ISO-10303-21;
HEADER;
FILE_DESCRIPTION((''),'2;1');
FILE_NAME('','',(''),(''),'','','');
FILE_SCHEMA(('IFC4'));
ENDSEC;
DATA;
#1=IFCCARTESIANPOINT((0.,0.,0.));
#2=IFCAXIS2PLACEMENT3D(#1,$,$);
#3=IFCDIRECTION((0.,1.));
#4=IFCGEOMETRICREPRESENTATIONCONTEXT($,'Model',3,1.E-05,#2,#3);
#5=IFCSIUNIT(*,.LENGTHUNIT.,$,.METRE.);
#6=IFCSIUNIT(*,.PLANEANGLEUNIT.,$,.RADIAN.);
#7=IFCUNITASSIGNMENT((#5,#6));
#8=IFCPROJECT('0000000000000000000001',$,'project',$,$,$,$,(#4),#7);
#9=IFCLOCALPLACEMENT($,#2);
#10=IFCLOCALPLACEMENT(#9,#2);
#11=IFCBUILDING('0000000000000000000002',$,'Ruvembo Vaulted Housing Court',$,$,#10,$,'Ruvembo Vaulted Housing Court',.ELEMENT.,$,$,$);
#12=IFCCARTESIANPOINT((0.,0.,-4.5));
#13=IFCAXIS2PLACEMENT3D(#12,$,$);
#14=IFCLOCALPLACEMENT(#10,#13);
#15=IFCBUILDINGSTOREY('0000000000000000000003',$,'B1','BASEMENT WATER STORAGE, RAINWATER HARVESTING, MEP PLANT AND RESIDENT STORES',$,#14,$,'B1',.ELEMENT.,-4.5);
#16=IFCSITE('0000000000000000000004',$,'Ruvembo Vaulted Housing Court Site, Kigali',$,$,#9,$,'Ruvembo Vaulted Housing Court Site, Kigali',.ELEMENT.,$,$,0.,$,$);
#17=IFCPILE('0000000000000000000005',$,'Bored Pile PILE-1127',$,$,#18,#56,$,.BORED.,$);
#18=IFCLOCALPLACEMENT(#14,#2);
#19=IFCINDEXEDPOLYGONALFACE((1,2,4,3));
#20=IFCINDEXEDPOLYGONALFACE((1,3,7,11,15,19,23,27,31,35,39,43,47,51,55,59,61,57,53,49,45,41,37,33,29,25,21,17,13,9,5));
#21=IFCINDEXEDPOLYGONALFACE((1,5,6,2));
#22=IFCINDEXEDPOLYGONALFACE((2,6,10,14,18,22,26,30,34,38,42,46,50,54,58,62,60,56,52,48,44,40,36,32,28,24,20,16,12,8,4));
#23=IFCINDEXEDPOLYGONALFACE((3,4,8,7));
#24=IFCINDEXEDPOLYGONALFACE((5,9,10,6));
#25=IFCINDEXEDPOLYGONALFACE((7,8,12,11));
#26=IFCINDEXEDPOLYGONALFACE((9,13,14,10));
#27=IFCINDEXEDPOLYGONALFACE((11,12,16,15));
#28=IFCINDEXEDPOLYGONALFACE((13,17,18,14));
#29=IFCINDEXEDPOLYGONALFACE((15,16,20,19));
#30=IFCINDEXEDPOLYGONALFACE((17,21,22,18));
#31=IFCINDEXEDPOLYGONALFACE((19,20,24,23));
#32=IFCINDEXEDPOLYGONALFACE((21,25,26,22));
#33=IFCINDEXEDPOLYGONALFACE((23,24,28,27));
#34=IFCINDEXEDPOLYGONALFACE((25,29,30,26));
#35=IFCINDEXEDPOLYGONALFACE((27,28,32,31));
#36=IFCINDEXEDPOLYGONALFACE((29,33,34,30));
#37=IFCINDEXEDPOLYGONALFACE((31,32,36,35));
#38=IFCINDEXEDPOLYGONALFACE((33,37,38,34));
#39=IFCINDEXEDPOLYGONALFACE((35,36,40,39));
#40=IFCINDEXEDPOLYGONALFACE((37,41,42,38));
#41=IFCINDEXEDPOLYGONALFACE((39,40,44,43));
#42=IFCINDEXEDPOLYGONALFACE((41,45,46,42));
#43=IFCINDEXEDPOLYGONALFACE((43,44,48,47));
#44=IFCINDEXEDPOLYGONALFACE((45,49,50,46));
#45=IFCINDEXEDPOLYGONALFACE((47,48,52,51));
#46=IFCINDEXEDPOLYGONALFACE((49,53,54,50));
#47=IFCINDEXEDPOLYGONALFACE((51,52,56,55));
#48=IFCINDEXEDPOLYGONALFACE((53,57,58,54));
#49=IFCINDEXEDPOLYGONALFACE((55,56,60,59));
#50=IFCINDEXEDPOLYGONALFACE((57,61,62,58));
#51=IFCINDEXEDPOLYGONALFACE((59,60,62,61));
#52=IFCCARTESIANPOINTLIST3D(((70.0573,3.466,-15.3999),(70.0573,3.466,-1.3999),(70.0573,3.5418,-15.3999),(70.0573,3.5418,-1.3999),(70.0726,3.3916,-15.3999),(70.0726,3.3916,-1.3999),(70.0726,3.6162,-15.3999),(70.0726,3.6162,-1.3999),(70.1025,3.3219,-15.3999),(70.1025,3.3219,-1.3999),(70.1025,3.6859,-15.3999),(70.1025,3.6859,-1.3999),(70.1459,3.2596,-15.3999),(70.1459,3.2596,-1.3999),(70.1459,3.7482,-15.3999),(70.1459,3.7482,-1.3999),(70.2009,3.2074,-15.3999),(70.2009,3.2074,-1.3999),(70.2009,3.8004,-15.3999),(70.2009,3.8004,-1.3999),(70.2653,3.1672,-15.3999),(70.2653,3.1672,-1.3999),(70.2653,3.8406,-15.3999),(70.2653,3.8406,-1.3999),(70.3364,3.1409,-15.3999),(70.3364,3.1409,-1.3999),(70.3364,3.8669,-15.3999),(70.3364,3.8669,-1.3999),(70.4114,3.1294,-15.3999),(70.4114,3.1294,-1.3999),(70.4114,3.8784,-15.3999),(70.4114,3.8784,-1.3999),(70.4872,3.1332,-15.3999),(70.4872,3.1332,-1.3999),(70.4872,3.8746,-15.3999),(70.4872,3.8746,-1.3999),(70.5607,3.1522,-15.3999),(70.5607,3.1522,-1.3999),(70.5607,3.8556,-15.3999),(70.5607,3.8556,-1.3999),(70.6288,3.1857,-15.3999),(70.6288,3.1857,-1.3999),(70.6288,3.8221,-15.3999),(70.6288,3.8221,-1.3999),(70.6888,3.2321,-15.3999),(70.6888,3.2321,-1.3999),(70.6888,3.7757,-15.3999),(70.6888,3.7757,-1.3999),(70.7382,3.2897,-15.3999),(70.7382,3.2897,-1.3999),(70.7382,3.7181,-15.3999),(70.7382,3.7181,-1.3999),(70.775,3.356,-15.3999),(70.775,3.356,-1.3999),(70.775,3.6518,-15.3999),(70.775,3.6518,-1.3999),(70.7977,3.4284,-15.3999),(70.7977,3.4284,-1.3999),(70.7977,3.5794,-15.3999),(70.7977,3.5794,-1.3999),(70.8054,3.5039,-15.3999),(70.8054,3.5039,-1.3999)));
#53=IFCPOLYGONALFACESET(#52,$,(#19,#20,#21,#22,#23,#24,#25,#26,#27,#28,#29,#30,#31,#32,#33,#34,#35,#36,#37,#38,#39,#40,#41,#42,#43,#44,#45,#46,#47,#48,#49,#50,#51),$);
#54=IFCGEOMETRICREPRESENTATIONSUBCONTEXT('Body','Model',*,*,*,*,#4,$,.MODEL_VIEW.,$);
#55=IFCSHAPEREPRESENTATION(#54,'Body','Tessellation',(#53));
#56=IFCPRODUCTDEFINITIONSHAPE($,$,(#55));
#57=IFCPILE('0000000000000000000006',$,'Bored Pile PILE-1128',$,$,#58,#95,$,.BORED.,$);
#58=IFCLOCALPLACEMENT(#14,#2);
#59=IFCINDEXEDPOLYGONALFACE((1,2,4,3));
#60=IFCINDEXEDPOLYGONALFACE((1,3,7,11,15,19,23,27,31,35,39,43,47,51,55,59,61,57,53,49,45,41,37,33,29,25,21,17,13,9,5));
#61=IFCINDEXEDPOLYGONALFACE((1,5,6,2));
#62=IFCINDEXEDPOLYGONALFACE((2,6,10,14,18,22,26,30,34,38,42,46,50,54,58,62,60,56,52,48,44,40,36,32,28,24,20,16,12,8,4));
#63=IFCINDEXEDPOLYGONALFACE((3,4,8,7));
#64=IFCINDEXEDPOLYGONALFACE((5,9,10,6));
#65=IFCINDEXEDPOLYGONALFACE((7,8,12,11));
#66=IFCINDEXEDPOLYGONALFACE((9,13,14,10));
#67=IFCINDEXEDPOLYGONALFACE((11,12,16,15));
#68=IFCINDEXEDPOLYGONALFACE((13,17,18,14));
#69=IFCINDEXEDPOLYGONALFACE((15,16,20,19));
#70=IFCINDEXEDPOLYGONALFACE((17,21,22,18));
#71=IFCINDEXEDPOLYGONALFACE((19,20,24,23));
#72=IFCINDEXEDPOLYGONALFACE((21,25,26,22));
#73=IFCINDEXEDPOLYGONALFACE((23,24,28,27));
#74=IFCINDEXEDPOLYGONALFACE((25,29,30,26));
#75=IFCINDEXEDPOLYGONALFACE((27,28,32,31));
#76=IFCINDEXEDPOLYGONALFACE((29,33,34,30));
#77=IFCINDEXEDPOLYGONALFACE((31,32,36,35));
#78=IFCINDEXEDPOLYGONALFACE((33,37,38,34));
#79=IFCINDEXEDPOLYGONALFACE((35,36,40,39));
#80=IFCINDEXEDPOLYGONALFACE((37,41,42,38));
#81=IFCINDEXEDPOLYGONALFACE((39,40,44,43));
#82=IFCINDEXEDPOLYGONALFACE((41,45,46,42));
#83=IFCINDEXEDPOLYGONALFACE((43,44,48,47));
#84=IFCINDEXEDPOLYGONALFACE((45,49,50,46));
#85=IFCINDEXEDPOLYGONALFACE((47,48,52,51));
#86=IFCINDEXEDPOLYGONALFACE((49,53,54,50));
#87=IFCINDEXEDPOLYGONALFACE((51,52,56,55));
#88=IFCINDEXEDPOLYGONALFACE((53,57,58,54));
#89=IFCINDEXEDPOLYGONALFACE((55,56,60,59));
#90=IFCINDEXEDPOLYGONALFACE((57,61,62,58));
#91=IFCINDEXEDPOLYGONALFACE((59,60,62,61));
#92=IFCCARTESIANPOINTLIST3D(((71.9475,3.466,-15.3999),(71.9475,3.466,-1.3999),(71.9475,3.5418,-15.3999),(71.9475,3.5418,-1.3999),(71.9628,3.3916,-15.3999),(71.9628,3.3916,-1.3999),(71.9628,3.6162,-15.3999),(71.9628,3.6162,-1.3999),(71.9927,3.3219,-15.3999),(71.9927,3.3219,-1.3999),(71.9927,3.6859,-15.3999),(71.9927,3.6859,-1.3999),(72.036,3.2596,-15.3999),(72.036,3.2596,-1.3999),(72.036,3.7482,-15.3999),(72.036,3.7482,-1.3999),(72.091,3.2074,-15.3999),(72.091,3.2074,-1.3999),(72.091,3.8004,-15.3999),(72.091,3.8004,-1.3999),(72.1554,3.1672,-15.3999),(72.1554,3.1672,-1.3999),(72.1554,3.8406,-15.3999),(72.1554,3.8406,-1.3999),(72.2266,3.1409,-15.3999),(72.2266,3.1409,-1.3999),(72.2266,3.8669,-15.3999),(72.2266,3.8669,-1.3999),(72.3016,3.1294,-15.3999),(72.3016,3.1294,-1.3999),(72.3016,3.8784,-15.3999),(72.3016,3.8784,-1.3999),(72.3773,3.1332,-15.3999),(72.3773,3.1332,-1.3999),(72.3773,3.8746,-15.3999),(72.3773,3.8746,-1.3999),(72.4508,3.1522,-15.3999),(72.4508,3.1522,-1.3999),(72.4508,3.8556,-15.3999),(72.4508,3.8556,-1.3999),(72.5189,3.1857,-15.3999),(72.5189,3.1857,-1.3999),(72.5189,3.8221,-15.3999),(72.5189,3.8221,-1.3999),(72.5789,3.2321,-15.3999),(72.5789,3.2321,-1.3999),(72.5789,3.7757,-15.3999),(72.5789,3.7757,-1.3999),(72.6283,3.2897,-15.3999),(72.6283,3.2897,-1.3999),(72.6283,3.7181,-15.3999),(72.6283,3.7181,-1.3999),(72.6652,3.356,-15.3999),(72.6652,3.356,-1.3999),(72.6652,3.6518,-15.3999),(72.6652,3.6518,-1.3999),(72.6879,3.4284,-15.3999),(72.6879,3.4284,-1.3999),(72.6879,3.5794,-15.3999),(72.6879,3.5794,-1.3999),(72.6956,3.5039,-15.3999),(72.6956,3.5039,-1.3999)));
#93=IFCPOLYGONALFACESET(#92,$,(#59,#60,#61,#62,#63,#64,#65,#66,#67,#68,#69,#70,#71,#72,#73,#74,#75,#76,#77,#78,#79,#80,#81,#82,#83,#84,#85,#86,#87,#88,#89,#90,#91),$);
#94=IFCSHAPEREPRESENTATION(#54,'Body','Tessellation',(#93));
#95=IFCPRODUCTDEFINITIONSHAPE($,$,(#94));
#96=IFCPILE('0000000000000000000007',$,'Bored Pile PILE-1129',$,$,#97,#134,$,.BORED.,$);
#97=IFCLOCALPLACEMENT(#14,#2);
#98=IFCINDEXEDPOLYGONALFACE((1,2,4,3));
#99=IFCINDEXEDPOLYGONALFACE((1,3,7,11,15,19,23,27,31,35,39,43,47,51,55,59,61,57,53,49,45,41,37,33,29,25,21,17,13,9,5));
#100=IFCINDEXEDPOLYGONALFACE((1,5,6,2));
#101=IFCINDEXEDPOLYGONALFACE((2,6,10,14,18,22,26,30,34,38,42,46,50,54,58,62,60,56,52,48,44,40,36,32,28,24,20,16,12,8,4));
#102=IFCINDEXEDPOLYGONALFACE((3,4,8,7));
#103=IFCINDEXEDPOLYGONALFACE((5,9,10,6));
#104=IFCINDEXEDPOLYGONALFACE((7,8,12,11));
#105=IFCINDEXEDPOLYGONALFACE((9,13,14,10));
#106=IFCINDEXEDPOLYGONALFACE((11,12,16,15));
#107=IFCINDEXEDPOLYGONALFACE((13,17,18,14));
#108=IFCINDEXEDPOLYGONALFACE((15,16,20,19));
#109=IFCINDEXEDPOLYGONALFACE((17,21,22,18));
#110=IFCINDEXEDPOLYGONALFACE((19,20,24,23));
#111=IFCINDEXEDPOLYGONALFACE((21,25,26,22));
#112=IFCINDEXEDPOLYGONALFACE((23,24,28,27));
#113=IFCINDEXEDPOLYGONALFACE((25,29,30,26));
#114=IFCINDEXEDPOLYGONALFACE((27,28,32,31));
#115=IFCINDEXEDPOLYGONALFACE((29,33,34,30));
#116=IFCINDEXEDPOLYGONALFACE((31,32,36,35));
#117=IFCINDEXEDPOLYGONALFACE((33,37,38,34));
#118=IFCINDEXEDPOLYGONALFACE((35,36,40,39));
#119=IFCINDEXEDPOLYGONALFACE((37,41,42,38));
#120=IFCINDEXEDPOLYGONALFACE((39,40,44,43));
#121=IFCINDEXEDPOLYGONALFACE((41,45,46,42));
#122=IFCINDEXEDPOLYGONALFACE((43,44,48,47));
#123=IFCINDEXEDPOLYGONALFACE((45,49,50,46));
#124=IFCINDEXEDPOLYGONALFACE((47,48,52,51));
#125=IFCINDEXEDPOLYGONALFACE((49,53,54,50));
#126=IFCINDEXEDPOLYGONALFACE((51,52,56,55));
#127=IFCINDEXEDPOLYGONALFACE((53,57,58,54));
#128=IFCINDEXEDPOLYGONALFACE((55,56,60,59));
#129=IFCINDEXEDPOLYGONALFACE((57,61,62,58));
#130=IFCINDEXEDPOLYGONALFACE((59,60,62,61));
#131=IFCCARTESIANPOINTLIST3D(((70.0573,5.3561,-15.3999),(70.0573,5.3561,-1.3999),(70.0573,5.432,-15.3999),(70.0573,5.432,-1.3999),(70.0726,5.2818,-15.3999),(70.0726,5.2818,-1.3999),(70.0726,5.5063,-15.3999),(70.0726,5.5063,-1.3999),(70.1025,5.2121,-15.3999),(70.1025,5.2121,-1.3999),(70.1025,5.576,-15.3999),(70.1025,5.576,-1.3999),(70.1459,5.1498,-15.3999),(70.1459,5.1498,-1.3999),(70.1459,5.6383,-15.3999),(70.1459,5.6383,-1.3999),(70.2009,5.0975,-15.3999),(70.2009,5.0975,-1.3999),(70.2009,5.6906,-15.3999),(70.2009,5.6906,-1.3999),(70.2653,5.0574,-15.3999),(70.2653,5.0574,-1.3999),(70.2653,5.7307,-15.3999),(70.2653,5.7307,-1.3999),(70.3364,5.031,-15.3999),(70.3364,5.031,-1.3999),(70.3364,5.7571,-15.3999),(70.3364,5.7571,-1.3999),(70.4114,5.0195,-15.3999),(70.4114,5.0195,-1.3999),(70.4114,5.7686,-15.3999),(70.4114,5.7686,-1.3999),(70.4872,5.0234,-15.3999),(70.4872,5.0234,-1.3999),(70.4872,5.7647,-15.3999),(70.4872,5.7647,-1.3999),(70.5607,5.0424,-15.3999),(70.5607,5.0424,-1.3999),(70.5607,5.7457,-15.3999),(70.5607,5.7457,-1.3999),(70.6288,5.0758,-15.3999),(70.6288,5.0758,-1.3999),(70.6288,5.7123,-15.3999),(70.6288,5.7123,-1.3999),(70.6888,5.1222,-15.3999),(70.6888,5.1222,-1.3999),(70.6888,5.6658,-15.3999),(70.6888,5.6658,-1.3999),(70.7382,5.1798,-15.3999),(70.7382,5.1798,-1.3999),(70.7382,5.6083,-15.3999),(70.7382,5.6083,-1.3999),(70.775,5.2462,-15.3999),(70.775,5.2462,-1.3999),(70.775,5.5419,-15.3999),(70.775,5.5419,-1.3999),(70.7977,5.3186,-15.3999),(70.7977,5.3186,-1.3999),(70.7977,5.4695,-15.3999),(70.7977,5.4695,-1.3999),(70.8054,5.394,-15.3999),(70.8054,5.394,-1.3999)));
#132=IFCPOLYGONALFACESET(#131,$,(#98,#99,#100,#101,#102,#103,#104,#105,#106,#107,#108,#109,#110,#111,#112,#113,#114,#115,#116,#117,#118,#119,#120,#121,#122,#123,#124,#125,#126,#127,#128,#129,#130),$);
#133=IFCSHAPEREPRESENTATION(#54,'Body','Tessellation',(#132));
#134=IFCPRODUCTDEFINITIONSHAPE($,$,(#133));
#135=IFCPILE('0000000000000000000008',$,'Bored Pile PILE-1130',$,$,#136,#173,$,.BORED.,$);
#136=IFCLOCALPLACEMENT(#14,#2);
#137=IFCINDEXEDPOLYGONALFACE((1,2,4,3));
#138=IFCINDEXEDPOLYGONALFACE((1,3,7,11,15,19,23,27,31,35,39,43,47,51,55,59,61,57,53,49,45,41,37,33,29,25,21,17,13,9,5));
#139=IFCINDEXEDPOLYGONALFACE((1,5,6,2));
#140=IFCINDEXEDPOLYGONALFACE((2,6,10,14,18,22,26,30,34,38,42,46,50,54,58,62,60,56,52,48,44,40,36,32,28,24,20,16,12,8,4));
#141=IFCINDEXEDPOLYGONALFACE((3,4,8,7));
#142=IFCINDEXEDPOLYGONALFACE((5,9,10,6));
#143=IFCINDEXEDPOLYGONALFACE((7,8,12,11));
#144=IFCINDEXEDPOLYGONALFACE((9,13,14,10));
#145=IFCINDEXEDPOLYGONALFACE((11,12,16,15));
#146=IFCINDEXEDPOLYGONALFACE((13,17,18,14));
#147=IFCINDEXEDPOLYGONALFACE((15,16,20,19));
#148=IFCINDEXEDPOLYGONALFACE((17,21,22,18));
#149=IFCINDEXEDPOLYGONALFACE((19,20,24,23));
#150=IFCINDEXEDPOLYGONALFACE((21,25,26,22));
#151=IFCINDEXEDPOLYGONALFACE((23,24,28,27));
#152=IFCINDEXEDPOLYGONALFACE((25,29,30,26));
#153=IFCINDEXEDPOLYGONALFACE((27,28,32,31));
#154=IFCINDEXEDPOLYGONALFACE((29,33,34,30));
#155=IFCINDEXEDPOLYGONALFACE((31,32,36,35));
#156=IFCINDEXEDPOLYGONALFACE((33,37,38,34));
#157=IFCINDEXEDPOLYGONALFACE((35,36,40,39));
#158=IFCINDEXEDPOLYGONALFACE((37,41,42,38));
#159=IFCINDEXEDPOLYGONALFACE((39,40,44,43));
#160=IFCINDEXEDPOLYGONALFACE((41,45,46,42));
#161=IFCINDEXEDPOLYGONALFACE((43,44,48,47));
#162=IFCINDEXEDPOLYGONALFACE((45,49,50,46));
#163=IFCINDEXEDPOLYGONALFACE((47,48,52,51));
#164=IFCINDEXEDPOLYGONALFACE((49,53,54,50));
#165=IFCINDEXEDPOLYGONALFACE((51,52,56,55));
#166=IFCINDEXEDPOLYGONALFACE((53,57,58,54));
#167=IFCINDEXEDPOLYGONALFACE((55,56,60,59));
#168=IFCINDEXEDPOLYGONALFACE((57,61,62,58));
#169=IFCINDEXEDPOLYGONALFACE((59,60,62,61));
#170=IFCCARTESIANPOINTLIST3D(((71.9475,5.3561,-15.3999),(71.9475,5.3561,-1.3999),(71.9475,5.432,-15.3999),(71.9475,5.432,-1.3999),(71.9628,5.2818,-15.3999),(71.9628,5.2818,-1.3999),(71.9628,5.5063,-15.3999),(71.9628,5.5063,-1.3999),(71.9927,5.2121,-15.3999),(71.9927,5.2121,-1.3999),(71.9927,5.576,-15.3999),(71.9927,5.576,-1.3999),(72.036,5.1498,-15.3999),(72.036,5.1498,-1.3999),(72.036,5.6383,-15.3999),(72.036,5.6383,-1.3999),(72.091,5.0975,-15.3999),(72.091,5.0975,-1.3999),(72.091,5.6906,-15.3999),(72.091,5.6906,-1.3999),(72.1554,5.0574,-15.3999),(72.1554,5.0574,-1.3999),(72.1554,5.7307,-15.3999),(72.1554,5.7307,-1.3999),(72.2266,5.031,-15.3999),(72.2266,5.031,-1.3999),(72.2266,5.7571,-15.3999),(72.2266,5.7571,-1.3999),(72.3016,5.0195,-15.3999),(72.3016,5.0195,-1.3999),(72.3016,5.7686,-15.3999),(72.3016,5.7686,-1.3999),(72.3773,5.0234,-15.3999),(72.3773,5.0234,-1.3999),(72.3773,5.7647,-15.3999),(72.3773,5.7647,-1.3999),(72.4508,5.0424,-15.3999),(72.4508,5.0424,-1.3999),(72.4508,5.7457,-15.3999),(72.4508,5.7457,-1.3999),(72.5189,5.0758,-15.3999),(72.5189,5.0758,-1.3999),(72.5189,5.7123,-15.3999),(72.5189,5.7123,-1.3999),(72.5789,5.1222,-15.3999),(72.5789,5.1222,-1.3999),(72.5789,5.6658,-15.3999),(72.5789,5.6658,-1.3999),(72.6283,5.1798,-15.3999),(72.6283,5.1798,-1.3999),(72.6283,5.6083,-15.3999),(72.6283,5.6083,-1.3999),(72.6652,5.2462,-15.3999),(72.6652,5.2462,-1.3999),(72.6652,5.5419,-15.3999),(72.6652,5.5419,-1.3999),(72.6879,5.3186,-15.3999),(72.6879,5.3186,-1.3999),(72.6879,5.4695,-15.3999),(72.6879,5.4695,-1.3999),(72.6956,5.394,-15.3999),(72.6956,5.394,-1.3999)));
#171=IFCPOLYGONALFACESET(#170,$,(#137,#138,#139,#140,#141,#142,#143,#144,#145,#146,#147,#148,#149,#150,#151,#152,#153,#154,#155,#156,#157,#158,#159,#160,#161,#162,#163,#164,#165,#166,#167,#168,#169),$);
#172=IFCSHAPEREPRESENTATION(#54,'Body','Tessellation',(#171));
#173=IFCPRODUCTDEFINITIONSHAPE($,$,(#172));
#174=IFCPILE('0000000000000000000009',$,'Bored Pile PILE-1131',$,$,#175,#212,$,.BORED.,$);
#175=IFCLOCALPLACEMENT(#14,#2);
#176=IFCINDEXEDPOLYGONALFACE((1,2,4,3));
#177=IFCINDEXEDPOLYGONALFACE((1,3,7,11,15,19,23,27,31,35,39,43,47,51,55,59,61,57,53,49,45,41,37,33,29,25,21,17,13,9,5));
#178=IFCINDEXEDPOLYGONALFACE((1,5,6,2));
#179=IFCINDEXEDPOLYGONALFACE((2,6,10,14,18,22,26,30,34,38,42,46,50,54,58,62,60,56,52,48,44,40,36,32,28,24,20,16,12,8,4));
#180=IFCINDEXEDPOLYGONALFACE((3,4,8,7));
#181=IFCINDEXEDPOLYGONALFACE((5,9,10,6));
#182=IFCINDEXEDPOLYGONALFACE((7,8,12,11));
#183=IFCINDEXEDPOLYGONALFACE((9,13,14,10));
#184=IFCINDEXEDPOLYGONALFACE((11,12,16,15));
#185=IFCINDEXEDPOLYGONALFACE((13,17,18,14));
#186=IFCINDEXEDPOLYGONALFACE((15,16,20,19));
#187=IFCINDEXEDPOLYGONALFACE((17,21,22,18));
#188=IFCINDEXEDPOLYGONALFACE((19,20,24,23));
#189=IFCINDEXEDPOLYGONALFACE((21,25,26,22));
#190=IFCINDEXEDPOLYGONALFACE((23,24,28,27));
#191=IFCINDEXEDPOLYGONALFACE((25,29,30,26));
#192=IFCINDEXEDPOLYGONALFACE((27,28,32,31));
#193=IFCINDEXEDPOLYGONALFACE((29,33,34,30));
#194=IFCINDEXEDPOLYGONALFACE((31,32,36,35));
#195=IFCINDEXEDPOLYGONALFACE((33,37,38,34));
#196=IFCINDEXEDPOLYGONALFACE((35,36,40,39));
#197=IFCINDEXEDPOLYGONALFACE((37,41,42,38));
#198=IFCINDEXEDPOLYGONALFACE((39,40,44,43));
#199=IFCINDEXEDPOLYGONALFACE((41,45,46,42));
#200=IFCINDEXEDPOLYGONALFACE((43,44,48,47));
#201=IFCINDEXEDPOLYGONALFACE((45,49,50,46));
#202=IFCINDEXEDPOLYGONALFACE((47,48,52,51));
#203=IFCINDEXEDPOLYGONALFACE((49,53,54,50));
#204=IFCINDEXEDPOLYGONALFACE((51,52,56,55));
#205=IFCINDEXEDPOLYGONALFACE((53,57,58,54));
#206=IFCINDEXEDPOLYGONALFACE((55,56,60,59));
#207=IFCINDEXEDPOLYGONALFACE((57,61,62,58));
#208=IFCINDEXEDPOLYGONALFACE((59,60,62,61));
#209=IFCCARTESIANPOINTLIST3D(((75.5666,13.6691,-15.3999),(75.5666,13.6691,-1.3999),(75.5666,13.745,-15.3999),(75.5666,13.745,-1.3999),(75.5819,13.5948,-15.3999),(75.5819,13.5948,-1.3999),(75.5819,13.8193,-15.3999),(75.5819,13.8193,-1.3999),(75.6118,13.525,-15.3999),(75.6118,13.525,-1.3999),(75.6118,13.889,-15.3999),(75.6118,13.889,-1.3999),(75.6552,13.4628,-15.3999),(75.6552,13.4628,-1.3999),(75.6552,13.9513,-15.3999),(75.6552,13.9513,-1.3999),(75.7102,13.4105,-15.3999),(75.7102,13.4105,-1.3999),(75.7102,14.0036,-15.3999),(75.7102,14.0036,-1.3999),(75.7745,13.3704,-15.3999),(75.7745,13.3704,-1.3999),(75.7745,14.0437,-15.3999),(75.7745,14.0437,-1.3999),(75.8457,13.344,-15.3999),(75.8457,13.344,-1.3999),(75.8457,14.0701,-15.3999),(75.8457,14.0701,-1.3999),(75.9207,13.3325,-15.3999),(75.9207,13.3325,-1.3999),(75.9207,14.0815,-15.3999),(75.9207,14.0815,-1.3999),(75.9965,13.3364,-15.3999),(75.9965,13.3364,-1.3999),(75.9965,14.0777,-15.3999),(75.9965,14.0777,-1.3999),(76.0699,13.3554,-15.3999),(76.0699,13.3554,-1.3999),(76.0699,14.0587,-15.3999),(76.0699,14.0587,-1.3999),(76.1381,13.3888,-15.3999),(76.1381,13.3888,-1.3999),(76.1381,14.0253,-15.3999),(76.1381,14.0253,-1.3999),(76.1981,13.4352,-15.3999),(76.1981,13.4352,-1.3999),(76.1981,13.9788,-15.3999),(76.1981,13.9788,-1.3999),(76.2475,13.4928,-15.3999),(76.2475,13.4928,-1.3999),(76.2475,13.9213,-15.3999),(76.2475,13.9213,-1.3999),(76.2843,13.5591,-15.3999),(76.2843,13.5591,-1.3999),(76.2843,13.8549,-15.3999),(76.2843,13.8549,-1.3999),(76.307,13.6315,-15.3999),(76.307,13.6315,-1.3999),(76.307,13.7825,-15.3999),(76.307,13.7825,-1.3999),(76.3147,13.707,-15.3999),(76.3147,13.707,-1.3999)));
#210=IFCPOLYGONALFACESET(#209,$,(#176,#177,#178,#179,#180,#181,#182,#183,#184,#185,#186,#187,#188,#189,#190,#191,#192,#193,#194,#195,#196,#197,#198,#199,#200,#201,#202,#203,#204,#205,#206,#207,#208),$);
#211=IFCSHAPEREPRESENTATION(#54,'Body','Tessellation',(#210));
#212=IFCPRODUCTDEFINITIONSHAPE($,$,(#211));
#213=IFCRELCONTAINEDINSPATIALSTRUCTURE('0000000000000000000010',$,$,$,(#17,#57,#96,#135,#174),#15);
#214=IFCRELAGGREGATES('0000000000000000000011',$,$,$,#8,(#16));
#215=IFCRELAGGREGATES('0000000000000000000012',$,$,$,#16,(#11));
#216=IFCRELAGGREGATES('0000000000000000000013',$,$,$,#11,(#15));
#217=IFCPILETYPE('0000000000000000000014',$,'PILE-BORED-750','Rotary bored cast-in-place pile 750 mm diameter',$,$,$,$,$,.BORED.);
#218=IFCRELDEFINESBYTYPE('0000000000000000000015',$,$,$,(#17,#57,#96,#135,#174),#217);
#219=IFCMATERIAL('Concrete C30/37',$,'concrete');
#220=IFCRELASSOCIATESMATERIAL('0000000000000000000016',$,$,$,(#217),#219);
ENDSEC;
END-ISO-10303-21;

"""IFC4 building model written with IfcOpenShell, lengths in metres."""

from ifc_helpers import new_model, si_unit, direction, frame, origin, origin_2d, place, context, subcontext, project, spatial, circle, extrude, material, material_profile, profile_set, type_object, element, save


model = new_model("IFC4")

# Units and contexts
model_context = context("Model", 3, precision=1e-05, world=origin(), true_north=direction((0.0, 1.0)))
body_context = subcontext(model_context, "Body", "Model", "MODEL_VIEW")
ifc_project = project(units=[si_unit("LENGTHUNIT", "METRE"), si_unit("PLANEANGLEUNIT", "RADIAN")], contexts=[model_context])

# Site, building, storey
site_placement = place(None, origin())
site = spatial("IfcSite", under=ifc_project, at=site_placement, Name="Ruvembo Vaulted Housing Court Site, Kigali", LongName="Ruvembo Vaulted Housing Court Site, Kigali", CompositionType="ELEMENT", RefElevation=0.0)
building_placement = place(site_placement, origin())
building = spatial("IfcBuilding", under=site, at=building_placement, Name="Ruvembo Vaulted Housing Court", LongName="Ruvembo Vaulted Housing Court", CompositionType="ELEMENT")
storey_placement = place(building_placement, frame((0.0, 0.0, -4.5)))
storey = spatial("IfcBuildingStorey", under=building, at=storey_placement, Name="B1", Description="BASEMENT WATER STORAGE, RAINWATER HARVESTING, MEP PLANT AND RESIDENT STORES", LongName="B1", CompositionType="ELEMENT", Elevation=-4.5)

# Piles
ifc_material_1 = material(Name="Concrete C30/37", Category="concrete")
ifc_material_profile_1 = material_profile(ifc_material_1, circle(Radius=0.375, at=origin_2d()), Name="PILE D750")
ifc_profile_set_1 = profile_set([ifc_material_profile_1], Name="Concrete C30/37")
pile_type = type_object("IfcPileType", Name="PILE-BORED-750", Description="Rotary bored cast-in-place pile 750 mm diameter", PredefinedType="BORED", material=ifc_profile_set_1)
for number, where, z_axis, x_axis, name in (
    (1, (70.4304, 3.5039, -1.3999), (0.0, 0.0, -1.0), (1.0, 0.0, 0.0), "Bored Pile PILE-1127"),
    (2, (72.3206, 3.5039, -1.3999), (0.0, 0.0, -1.0), (1.0, 0.0, 0.0), "Bored Pile PILE-1128"),
    (3, (70.4304, 5.394, -1.3999), (0.0, 0.0, -1.0), (1.0, 0.0, 0.0), "Bored Pile PILE-1129"),
    (4, (72.3206, 5.394, -1.3999), (0.0, 0.0, -1.0), (1.0, 0.0, 0.0), "Bored Pile PILE-1130"),
    (5, (75.9397, 13.707, -1.3999), (0.0, 0.0, -1.0), (1.0, 0.0, 0.0), "Bored Pile PILE-1131"),
):
    element("IfcPile", number, at=place(storey_placement, frame(where, z_axis=z_axis, x_axis=x_axis)), inside=storey, type_object=pile_type, Name=name, PredefinedType="BORED", context=body_context, shape_type="SweptSolid", body=[
        extrude(circle(Radius=0.375, at=origin_2d()), origin(), (0.0, 0.0, 1.0), 14.0),
    ])

save(model, "model.ifc")
